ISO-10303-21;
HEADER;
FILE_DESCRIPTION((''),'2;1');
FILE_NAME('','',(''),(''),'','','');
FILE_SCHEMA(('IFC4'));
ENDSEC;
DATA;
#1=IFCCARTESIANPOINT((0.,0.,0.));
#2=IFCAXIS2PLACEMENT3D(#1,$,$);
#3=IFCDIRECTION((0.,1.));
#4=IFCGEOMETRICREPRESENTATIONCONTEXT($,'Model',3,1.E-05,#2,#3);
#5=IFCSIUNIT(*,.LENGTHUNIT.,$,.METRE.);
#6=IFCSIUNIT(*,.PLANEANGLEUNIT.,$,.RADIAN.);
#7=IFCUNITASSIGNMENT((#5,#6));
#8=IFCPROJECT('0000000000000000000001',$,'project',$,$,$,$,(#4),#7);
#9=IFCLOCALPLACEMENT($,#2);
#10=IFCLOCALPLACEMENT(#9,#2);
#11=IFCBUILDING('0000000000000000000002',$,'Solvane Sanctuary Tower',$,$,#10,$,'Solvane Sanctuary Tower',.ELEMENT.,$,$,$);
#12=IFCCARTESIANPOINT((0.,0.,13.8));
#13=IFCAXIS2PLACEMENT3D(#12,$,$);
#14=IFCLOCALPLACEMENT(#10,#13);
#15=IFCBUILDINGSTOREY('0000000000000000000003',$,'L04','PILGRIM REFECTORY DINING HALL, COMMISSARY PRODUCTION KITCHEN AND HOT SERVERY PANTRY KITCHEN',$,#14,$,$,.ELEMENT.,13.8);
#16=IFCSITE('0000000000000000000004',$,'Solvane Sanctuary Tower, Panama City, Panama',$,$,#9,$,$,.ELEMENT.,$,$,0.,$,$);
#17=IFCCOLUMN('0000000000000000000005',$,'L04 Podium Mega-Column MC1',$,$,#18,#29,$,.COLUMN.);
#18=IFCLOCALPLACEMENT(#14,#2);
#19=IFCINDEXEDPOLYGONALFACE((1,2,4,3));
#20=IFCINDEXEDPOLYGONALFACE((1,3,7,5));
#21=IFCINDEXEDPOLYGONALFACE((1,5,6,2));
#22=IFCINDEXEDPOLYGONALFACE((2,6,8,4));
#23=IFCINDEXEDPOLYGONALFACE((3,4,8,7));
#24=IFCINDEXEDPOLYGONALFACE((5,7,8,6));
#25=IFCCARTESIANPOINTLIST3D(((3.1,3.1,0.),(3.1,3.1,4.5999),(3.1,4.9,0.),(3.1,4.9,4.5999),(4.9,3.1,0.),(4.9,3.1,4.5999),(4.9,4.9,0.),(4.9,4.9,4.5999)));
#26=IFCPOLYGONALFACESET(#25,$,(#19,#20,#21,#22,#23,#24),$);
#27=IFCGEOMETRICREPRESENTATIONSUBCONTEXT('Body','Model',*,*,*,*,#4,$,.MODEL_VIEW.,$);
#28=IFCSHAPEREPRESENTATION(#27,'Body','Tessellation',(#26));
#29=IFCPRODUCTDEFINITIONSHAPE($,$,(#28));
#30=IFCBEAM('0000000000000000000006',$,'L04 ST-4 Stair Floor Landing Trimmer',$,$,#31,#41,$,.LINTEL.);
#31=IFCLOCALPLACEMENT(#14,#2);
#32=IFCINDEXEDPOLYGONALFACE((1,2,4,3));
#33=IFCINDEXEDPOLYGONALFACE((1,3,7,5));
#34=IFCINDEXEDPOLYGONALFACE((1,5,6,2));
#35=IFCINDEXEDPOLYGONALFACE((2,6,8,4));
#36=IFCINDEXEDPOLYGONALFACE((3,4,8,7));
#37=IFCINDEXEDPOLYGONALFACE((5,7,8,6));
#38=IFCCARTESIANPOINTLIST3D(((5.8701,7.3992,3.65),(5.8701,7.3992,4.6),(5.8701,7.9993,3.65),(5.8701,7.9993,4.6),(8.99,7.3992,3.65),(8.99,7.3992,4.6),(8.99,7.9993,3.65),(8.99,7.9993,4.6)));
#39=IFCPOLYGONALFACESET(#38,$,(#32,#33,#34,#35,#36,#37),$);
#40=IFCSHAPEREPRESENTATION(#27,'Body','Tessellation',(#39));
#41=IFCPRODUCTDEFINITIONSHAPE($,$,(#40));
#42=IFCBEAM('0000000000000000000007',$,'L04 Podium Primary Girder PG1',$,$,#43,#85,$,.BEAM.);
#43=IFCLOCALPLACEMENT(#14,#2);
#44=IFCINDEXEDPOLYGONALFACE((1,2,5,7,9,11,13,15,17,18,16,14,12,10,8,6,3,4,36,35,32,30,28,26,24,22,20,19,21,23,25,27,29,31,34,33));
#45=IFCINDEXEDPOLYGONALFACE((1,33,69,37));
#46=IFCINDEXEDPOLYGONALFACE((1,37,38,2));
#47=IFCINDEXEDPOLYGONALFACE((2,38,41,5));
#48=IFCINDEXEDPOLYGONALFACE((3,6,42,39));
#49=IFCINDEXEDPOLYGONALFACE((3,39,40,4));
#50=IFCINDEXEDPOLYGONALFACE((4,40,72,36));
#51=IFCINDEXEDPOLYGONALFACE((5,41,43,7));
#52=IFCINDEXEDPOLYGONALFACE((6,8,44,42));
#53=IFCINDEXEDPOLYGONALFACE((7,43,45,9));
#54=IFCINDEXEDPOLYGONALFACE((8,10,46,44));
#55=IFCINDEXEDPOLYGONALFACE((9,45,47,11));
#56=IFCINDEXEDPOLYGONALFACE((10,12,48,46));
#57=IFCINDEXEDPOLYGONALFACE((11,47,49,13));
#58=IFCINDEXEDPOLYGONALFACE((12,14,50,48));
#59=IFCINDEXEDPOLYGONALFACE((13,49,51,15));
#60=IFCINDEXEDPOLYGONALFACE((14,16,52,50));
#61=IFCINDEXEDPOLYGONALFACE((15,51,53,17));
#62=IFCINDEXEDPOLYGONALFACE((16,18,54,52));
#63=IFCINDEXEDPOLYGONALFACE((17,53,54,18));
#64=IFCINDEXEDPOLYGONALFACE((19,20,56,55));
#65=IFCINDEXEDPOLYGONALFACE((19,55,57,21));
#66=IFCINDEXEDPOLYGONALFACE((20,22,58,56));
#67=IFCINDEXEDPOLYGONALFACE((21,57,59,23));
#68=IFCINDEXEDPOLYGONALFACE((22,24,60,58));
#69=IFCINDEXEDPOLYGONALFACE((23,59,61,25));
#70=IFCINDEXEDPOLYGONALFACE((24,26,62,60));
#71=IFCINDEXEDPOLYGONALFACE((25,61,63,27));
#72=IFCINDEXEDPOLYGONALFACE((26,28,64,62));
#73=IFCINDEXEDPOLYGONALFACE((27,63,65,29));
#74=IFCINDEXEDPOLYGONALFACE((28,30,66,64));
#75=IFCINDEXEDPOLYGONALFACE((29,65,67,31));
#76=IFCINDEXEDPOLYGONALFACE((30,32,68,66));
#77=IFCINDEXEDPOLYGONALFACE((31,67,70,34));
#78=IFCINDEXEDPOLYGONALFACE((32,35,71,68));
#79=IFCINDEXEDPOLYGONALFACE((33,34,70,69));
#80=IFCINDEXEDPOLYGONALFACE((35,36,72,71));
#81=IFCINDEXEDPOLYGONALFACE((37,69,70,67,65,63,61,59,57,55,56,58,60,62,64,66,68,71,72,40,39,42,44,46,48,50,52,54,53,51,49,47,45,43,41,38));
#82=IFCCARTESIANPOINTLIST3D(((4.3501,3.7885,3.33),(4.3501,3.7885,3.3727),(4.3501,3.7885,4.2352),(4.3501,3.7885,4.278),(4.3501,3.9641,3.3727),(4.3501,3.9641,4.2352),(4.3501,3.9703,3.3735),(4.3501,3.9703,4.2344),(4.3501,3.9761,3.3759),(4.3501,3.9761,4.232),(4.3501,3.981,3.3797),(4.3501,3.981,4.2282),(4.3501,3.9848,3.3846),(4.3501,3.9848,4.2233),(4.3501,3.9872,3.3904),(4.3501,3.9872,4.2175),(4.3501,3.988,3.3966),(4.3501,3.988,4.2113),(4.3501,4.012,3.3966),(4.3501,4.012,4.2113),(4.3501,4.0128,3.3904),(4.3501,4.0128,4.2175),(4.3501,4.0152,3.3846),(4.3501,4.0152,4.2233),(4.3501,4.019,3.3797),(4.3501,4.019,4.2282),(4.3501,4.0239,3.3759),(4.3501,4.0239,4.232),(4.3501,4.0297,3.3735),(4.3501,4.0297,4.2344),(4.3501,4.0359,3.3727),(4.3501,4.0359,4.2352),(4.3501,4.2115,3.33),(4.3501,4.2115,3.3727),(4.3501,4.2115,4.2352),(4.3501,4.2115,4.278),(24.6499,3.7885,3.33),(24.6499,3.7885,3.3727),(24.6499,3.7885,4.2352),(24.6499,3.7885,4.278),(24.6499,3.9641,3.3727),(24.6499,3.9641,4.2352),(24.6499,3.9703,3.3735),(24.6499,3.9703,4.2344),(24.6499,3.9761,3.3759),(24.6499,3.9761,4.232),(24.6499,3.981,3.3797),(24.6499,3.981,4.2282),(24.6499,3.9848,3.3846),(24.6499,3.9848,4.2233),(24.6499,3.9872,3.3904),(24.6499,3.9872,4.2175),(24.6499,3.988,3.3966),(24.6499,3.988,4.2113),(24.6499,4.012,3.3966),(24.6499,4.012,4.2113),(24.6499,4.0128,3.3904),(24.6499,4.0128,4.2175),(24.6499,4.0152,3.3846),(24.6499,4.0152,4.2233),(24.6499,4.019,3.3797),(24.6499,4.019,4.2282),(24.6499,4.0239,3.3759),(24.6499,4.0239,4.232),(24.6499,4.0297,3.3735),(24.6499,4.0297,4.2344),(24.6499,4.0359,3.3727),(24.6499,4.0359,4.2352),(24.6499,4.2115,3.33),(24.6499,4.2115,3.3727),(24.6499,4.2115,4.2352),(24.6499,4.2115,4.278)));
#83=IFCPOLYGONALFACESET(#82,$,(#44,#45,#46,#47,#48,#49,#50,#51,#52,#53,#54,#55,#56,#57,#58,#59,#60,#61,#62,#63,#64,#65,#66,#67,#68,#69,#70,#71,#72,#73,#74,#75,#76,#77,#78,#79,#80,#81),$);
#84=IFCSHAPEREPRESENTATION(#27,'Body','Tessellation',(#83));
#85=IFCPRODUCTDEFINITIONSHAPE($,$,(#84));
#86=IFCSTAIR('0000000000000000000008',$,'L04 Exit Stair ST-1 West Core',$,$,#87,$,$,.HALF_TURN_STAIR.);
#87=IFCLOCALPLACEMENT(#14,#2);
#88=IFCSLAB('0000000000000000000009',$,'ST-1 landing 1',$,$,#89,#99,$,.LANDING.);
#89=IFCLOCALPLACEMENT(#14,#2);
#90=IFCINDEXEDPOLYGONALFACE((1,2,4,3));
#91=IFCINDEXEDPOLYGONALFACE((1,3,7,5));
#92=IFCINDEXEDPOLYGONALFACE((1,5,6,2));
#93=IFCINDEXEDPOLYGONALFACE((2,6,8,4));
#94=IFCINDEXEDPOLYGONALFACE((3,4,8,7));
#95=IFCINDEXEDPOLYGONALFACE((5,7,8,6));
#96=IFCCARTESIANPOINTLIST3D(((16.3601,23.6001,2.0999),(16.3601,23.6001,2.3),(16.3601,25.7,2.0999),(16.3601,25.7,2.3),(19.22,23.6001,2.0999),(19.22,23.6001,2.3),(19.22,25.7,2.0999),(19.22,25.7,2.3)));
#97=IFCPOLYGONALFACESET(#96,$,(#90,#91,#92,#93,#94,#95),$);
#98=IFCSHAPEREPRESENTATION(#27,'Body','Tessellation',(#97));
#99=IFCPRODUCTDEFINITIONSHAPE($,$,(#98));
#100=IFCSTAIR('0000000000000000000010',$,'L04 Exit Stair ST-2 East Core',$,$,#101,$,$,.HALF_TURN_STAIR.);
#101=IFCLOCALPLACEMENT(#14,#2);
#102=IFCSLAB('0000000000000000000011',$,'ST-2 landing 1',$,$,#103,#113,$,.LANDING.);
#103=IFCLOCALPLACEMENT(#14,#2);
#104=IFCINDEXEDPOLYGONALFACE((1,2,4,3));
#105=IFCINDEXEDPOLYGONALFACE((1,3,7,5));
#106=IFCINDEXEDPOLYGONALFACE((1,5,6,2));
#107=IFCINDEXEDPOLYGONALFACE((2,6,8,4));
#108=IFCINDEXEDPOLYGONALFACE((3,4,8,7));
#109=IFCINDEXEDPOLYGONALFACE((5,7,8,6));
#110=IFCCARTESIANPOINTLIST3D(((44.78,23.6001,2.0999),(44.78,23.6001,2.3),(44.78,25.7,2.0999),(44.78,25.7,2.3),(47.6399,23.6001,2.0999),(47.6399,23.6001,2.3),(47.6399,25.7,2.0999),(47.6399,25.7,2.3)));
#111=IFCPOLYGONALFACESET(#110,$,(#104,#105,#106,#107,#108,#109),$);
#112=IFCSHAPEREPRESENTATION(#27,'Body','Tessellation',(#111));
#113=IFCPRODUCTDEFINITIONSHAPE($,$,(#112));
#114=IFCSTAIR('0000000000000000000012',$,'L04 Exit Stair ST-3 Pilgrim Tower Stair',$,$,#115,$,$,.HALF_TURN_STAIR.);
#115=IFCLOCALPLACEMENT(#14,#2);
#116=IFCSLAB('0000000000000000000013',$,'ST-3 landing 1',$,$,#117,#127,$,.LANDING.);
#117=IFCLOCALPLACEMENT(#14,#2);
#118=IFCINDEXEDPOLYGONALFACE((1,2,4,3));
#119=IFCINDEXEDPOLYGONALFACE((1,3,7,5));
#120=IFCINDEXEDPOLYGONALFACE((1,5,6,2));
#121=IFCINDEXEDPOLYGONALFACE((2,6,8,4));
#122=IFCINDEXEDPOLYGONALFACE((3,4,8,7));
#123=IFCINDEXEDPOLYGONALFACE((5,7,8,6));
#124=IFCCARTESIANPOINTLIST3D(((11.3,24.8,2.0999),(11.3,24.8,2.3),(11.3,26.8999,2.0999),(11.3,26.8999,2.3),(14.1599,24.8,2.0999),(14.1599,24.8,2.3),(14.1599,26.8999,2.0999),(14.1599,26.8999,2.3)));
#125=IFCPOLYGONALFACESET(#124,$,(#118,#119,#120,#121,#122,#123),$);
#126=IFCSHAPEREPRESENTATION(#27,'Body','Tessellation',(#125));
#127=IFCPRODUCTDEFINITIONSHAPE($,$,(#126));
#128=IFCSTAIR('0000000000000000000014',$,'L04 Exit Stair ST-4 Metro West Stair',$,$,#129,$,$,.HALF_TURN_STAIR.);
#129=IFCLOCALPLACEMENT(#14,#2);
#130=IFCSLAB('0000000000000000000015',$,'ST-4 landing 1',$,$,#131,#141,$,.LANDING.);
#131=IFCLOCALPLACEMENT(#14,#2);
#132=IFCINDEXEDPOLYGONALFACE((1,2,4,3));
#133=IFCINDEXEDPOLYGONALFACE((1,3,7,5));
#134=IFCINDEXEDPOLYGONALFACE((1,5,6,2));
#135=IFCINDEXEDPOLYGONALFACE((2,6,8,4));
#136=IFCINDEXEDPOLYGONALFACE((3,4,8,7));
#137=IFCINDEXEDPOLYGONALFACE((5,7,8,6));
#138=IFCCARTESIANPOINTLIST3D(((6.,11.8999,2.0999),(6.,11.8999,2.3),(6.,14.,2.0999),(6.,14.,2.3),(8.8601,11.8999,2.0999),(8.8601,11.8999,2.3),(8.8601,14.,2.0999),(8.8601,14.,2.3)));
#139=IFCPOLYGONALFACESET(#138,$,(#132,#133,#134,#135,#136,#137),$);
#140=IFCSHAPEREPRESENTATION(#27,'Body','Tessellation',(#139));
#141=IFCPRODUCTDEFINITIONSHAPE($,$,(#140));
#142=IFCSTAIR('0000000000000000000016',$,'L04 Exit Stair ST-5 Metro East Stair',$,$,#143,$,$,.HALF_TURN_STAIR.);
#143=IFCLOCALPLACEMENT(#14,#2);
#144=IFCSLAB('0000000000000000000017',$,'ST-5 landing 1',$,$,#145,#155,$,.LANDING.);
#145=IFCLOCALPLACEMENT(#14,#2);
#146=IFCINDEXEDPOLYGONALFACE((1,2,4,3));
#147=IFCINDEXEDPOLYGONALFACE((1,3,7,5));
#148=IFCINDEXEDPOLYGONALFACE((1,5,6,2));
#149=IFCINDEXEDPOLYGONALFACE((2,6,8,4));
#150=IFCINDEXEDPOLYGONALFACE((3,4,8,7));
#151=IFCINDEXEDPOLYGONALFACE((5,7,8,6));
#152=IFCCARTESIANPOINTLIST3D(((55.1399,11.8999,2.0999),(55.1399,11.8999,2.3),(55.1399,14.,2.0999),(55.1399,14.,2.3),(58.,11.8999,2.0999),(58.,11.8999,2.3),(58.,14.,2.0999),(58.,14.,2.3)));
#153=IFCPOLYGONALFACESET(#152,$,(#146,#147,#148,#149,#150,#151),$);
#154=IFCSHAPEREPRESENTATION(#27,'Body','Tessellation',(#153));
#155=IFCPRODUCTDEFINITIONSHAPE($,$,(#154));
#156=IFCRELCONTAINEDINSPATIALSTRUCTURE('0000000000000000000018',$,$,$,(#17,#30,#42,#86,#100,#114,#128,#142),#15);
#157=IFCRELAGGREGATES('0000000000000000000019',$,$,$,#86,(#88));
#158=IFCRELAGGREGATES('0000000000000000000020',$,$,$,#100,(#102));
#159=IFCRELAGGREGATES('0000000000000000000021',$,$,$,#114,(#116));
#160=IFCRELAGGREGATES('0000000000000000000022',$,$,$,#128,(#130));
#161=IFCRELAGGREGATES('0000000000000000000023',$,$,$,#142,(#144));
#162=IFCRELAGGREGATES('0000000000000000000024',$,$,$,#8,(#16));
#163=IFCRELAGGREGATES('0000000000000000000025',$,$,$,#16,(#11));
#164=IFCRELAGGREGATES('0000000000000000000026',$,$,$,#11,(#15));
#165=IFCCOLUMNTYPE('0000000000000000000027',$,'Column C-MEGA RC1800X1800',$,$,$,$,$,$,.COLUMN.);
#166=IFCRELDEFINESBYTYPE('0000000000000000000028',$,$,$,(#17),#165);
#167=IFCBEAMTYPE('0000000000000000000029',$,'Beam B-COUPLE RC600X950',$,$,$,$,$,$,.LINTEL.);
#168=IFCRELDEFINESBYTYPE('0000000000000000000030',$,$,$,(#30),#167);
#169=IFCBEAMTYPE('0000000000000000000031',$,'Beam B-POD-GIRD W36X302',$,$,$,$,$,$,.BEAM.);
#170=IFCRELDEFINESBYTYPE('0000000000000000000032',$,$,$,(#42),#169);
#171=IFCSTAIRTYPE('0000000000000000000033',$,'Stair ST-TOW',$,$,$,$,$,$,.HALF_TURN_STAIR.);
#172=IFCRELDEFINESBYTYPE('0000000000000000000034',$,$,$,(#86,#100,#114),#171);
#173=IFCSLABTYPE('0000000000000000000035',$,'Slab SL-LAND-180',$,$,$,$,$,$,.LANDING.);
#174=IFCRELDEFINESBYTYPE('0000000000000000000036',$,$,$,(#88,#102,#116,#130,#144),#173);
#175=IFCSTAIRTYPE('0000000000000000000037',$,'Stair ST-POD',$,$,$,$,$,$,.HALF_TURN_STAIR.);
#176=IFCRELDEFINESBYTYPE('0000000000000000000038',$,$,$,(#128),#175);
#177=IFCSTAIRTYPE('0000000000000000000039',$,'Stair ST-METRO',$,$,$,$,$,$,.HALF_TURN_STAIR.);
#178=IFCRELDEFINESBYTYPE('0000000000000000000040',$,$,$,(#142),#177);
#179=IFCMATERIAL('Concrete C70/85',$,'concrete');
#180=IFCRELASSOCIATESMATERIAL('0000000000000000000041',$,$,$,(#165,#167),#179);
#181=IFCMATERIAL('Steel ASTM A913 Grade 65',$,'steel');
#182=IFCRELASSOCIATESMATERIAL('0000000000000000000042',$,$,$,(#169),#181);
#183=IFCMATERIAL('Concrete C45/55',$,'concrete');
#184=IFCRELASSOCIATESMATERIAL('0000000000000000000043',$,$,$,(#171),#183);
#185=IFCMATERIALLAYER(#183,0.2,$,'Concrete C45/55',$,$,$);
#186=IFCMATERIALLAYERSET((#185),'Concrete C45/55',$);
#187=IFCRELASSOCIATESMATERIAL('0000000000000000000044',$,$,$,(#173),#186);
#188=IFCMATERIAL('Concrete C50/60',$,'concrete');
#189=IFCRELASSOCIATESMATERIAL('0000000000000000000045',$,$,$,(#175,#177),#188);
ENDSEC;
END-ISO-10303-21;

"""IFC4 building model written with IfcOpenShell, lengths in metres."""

from ifc_helpers import new_model, si_unit, direction, frame, origin, origin_2d, place, context, subcontext, project, spatial, polyline, rectangle, i_section, outline, extrude, material, layer, layer_set, material_profile, profile_set, type_object, element, aggregate, save


model = new_model("IFC4")

# Units and contexts
model_context = context("Model", 3, precision=1e-05, world=origin(), true_north=direction((0.0, 1.0)))
body_context = subcontext(model_context, "Body", "Model", "MODEL_VIEW")
ifc_project = project(units=[si_unit("LENGTHUNIT", "METRE"), si_unit("PLANEANGLEUNIT", "RADIAN")], contexts=[model_context])

# Site, building, storey
site_placement = place(None, origin())
site = spatial("IfcSite", under=ifc_project, at=site_placement, Name="Solvane Sanctuary Tower, Panama City, Panama", CompositionType="ELEMENT", RefElevation=0.0)
building_placement = place(site_placement, origin())
building = spatial("IfcBuilding", under=site, at=building_placement, Name="Solvane Sanctuary Tower", LongName="Solvane Sanctuary Tower", CompositionType="ELEMENT")
storey_placement = place(building_placement, frame((0.0, 0.0, 13.8)))
storey = spatial("IfcBuildingStorey", under=building, at=storey_placement, Name="L04", Description="PILGRIM REFECTORY DINING HALL, COMMISSARY PRODUCTION KITCHEN AND HOT SERVERY PANTRY KITCHEN", CompositionType="ELEMENT", Elevation=13.8)

# Column
ifc_material_1 = material(Name="Concrete C70/85", Category="concrete")
ifc_material_profile_1 = material_profile(ifc_material_1, rectangle(XDim=1.8, YDim=1.8, at=origin_2d()), Name="RC1800X1800")
ifc_profile_set_1 = profile_set([ifc_material_profile_1], Name="Concrete C70/85")
column_type = type_object("IfcColumnType", Name="Column C-MEGA RC1800X1800", PredefinedType="COLUMN", material=ifc_profile_set_1)
column_placement = place(storey_placement, frame((4.0, 4.0, 0.0), z_axis=(0.0, 0.0, 1.0), x_axis=(1.0, 0.0, 0.0)))
element("IfcColumn", 1, at=column_placement, inside=storey, type_object=column_type, Name="L04 Podium Mega-Column MC1", PredefinedType="COLUMN", context=body_context, shape_type="SweptSolid", body=[
    extrude(rectangle(XDim=1.8, YDim=1.8, at=origin_2d()), origin(), (0.0, 0.0, 1.0), 4.5999),
])

# Beams
ifc_material_profile_2 = material_profile(ifc_material_1, rectangle(XDim=0.6001, YDim=0.95, at=origin_2d()), Name="RC600X950")
ifc_profile_set_2 = profile_set([ifc_material_profile_2], Name="Concrete C70/85")
beam_type_1 = type_object("IfcBeamType", Name="Beam B-COUPLE RC600X950", PredefinedType="LINTEL", material=ifc_profile_set_2)
beam_1_placement = place(storey_placement, frame((5.8701, 7.6992, 4.125), z_axis=(1.0, 0.0, 0.0), x_axis=(0.0, 1.0, 0.0)))
element("IfcBeam", 2, at=beam_1_placement, inside=storey, type_object=beam_type_1, Name="L04 ST-4 Stair Floor Landing Trimmer", PredefinedType="LINTEL", context=body_context, shape_type="SweptSolid", body=[
    extrude(rectangle(XDim=0.6001, YDim=0.95, at=origin_2d()), origin(), (0.0, 0.0, 1.0), 3.1199),
])
ifc_material_2 = material(Name="Steel ASTM A913 Grade 65", Category="steel")
ifc_material_profile_3 = material_profile(ifc_material_2, i_section(OverallWidth=0.4231, OverallDepth=0.948, WebThickness=0.0239, FlangeThickness=0.0427, FilletRadius=0.0239, at=origin_2d()), Name="W36X302")
ifc_profile_set_3 = profile_set([ifc_material_profile_3], Name="Steel ASTM A913 Grade 65")
beam_type_2 = type_object("IfcBeamType", Name="Beam B-POD-GIRD W36X302", PredefinedType="BEAM", material=ifc_profile_set_3)
beam_2_placement = place(storey_placement, frame((4.3501, 4.0, 3.804), z_axis=(1.0, 0.0, 0.0), x_axis=(0.0, 1.0, 0.0)))
element("IfcBeam", 3, at=beam_2_placement, inside=storey, type_object=beam_type_2, Name="L04 Podium Primary Girder PG1", PredefinedType="BEAM", context=body_context, shape_type="SweptSolid", body=[
    extrude(i_section(OverallWidth=0.4231, OverallDepth=0.948, WebThickness=0.0239, FlangeThickness=0.0427, FilletRadius=0.0239, at=origin_2d()), origin(), (0.0, 0.0, 1.0), 20.2998),
])

# Stairs, slabs
ifc_material_3 = material(Name="Concrete C45/55", Category="concrete")
stair_type_1 = type_object("IfcStairType", Name="Stair ST-TOW", PredefinedType="HALF_TURN_STAIR", material=ifc_material_3)
stair_1_placement = place(storey_placement, origin())
stair_1 = element("IfcStair", 4, at=stair_1_placement, inside=storey, type_object=stair_type_1, Name="L04 Exit Stair ST-1 West Core", PredefinedType="HALF_TURN_STAIR")
ifc_layer_1 = layer(ifc_material_3, 0.2, Name="Concrete C45/55")
ifc_layer_set_1 = layer_set([ifc_layer_1], Name="Concrete C45/55")
slab_type_1 = type_object("IfcSlabType", Name="Slab SL-LAND-180", PredefinedType="LANDING", material=ifc_layer_set_1)
slab_1_placement = place(storey_placement, frame((0.0, 0.0, 2.0999)))
slab_1 = element("IfcSlab", 5, at=slab_1_placement, type_object=slab_type_1, Name="ST-1 landing 1", PredefinedType="LANDING", context=body_context, shape_type="SweptSolid", body=[
    extrude(outline(polyline([(19.22, 23.6001), (19.22, 25.7), (16.3601, 25.7), (16.3601, 23.6001), (19.22, 23.6001)])), origin(), (0.0, 0.0, 1.0), 0.2002),
])
aggregate(stair_1, [slab_1])
stair_2_placement = place(storey_placement, origin())
stair_2 = element("IfcStair", 6, at=stair_2_placement, inside=storey, type_object=stair_type_1, Name="L04 Exit Stair ST-2 East Core", PredefinedType="HALF_TURN_STAIR")
slab_2_placement = place(storey_placement, frame((0.0, 0.0, 2.0999)))
slab_2 = element("IfcSlab", 7, at=slab_2_placement, type_object=slab_type_1, Name="ST-2 landing 1", PredefinedType="LANDING", context=body_context, shape_type="SweptSolid", body=[
    extrude(outline(polyline([(47.6399, 23.6001), (47.6399, 25.7), (44.78, 25.7), (44.78, 23.6001), (47.6399, 23.6001)])), origin(), (0.0, 0.0, 1.0), 0.2002),
])
aggregate(stair_2, [slab_2])
stair_3_placement = place(storey_placement, origin())
stair_3 = element("IfcStair", 8, at=stair_3_placement, inside=storey, type_object=stair_type_1, Name="L04 Exit Stair ST-3 Pilgrim Tower Stair", PredefinedType="HALF_TURN_STAIR")
slab_3_placement = place(storey_placement, frame((0.0, 0.0, 2.0999)))
slab_3 = element("IfcSlab", 9, at=slab_3_placement, type_object=slab_type_1, Name="ST-3 landing 1", PredefinedType="LANDING", context=body_context, shape_type="SweptSolid", body=[
    extrude(outline(polyline([(14.1599, 24.8), (14.1599, 26.8999), (11.3, 26.8999), (11.3, 24.8), (14.1599, 24.8)])), origin(), (0.0, 0.0, 1.0), 0.2002),
])
aggregate(stair_3, [slab_3])
ifc_material_4 = material(Name="Concrete C50/60", Category="concrete")
stair_type_2 = type_object("IfcStairType", Name="Stair ST-POD", PredefinedType="HALF_TURN_STAIR", material=ifc_material_4)
stair_4_placement = place(storey_placement, origin())
stair_4 = element("IfcStair", 10, at=stair_4_placement, inside=storey, type_object=stair_type_2, Name="L04 Exit Stair ST-4 Metro West Stair", PredefinedType="HALF_TURN_STAIR")
slab_4_placement = place(storey_placement, frame((0.0, 0.0, 2.0999)))
slab_4 = element("IfcSlab", 11, at=slab_4_placement, type_object=slab_type_1, Name="ST-4 landing 1", PredefinedType="LANDING", context=body_context, shape_type="SweptSolid", body=[
    extrude(outline(polyline([(8.8601, 11.8999), (8.8601, 14.0), (6.0, 14.0), (6.0, 11.8999), (8.8601, 11.8999)])), origin(), (0.0, 0.0, 1.0), 0.2002),
])
aggregate(stair_4, [slab_4])
stair_type_3 = type_object("IfcStairType", Name="Stair ST-METRO", PredefinedType="HALF_TURN_STAIR", material=ifc_material_4)
stair_5_placement = place(storey_placement, origin())
stair_5 = element("IfcStair", 12, at=stair_5_placement, inside=storey, type_object=stair_type_3, Name="L04 Exit Stair ST-5 Metro East Stair", PredefinedType="HALF_TURN_STAIR")
slab_5_placement = place(storey_placement, frame((0.0, 0.0, 2.0999)))
slab_5 = element("IfcSlab", 13, at=slab_5_placement, type_object=slab_type_1, Name="ST-5 landing 1", PredefinedType="LANDING", context=body_context, shape_type="SweptSolid", body=[
    extrude(outline(polyline([(58.0, 11.8999), (58.0, 14.0), (55.1399, 14.0), (55.1399, 11.8999), (58.0, 11.8999)])), origin(), (0.0, 0.0, 1.0), 0.2002),
])
aggregate(stair_5, [slab_5])

save(model, "model.ifc")
